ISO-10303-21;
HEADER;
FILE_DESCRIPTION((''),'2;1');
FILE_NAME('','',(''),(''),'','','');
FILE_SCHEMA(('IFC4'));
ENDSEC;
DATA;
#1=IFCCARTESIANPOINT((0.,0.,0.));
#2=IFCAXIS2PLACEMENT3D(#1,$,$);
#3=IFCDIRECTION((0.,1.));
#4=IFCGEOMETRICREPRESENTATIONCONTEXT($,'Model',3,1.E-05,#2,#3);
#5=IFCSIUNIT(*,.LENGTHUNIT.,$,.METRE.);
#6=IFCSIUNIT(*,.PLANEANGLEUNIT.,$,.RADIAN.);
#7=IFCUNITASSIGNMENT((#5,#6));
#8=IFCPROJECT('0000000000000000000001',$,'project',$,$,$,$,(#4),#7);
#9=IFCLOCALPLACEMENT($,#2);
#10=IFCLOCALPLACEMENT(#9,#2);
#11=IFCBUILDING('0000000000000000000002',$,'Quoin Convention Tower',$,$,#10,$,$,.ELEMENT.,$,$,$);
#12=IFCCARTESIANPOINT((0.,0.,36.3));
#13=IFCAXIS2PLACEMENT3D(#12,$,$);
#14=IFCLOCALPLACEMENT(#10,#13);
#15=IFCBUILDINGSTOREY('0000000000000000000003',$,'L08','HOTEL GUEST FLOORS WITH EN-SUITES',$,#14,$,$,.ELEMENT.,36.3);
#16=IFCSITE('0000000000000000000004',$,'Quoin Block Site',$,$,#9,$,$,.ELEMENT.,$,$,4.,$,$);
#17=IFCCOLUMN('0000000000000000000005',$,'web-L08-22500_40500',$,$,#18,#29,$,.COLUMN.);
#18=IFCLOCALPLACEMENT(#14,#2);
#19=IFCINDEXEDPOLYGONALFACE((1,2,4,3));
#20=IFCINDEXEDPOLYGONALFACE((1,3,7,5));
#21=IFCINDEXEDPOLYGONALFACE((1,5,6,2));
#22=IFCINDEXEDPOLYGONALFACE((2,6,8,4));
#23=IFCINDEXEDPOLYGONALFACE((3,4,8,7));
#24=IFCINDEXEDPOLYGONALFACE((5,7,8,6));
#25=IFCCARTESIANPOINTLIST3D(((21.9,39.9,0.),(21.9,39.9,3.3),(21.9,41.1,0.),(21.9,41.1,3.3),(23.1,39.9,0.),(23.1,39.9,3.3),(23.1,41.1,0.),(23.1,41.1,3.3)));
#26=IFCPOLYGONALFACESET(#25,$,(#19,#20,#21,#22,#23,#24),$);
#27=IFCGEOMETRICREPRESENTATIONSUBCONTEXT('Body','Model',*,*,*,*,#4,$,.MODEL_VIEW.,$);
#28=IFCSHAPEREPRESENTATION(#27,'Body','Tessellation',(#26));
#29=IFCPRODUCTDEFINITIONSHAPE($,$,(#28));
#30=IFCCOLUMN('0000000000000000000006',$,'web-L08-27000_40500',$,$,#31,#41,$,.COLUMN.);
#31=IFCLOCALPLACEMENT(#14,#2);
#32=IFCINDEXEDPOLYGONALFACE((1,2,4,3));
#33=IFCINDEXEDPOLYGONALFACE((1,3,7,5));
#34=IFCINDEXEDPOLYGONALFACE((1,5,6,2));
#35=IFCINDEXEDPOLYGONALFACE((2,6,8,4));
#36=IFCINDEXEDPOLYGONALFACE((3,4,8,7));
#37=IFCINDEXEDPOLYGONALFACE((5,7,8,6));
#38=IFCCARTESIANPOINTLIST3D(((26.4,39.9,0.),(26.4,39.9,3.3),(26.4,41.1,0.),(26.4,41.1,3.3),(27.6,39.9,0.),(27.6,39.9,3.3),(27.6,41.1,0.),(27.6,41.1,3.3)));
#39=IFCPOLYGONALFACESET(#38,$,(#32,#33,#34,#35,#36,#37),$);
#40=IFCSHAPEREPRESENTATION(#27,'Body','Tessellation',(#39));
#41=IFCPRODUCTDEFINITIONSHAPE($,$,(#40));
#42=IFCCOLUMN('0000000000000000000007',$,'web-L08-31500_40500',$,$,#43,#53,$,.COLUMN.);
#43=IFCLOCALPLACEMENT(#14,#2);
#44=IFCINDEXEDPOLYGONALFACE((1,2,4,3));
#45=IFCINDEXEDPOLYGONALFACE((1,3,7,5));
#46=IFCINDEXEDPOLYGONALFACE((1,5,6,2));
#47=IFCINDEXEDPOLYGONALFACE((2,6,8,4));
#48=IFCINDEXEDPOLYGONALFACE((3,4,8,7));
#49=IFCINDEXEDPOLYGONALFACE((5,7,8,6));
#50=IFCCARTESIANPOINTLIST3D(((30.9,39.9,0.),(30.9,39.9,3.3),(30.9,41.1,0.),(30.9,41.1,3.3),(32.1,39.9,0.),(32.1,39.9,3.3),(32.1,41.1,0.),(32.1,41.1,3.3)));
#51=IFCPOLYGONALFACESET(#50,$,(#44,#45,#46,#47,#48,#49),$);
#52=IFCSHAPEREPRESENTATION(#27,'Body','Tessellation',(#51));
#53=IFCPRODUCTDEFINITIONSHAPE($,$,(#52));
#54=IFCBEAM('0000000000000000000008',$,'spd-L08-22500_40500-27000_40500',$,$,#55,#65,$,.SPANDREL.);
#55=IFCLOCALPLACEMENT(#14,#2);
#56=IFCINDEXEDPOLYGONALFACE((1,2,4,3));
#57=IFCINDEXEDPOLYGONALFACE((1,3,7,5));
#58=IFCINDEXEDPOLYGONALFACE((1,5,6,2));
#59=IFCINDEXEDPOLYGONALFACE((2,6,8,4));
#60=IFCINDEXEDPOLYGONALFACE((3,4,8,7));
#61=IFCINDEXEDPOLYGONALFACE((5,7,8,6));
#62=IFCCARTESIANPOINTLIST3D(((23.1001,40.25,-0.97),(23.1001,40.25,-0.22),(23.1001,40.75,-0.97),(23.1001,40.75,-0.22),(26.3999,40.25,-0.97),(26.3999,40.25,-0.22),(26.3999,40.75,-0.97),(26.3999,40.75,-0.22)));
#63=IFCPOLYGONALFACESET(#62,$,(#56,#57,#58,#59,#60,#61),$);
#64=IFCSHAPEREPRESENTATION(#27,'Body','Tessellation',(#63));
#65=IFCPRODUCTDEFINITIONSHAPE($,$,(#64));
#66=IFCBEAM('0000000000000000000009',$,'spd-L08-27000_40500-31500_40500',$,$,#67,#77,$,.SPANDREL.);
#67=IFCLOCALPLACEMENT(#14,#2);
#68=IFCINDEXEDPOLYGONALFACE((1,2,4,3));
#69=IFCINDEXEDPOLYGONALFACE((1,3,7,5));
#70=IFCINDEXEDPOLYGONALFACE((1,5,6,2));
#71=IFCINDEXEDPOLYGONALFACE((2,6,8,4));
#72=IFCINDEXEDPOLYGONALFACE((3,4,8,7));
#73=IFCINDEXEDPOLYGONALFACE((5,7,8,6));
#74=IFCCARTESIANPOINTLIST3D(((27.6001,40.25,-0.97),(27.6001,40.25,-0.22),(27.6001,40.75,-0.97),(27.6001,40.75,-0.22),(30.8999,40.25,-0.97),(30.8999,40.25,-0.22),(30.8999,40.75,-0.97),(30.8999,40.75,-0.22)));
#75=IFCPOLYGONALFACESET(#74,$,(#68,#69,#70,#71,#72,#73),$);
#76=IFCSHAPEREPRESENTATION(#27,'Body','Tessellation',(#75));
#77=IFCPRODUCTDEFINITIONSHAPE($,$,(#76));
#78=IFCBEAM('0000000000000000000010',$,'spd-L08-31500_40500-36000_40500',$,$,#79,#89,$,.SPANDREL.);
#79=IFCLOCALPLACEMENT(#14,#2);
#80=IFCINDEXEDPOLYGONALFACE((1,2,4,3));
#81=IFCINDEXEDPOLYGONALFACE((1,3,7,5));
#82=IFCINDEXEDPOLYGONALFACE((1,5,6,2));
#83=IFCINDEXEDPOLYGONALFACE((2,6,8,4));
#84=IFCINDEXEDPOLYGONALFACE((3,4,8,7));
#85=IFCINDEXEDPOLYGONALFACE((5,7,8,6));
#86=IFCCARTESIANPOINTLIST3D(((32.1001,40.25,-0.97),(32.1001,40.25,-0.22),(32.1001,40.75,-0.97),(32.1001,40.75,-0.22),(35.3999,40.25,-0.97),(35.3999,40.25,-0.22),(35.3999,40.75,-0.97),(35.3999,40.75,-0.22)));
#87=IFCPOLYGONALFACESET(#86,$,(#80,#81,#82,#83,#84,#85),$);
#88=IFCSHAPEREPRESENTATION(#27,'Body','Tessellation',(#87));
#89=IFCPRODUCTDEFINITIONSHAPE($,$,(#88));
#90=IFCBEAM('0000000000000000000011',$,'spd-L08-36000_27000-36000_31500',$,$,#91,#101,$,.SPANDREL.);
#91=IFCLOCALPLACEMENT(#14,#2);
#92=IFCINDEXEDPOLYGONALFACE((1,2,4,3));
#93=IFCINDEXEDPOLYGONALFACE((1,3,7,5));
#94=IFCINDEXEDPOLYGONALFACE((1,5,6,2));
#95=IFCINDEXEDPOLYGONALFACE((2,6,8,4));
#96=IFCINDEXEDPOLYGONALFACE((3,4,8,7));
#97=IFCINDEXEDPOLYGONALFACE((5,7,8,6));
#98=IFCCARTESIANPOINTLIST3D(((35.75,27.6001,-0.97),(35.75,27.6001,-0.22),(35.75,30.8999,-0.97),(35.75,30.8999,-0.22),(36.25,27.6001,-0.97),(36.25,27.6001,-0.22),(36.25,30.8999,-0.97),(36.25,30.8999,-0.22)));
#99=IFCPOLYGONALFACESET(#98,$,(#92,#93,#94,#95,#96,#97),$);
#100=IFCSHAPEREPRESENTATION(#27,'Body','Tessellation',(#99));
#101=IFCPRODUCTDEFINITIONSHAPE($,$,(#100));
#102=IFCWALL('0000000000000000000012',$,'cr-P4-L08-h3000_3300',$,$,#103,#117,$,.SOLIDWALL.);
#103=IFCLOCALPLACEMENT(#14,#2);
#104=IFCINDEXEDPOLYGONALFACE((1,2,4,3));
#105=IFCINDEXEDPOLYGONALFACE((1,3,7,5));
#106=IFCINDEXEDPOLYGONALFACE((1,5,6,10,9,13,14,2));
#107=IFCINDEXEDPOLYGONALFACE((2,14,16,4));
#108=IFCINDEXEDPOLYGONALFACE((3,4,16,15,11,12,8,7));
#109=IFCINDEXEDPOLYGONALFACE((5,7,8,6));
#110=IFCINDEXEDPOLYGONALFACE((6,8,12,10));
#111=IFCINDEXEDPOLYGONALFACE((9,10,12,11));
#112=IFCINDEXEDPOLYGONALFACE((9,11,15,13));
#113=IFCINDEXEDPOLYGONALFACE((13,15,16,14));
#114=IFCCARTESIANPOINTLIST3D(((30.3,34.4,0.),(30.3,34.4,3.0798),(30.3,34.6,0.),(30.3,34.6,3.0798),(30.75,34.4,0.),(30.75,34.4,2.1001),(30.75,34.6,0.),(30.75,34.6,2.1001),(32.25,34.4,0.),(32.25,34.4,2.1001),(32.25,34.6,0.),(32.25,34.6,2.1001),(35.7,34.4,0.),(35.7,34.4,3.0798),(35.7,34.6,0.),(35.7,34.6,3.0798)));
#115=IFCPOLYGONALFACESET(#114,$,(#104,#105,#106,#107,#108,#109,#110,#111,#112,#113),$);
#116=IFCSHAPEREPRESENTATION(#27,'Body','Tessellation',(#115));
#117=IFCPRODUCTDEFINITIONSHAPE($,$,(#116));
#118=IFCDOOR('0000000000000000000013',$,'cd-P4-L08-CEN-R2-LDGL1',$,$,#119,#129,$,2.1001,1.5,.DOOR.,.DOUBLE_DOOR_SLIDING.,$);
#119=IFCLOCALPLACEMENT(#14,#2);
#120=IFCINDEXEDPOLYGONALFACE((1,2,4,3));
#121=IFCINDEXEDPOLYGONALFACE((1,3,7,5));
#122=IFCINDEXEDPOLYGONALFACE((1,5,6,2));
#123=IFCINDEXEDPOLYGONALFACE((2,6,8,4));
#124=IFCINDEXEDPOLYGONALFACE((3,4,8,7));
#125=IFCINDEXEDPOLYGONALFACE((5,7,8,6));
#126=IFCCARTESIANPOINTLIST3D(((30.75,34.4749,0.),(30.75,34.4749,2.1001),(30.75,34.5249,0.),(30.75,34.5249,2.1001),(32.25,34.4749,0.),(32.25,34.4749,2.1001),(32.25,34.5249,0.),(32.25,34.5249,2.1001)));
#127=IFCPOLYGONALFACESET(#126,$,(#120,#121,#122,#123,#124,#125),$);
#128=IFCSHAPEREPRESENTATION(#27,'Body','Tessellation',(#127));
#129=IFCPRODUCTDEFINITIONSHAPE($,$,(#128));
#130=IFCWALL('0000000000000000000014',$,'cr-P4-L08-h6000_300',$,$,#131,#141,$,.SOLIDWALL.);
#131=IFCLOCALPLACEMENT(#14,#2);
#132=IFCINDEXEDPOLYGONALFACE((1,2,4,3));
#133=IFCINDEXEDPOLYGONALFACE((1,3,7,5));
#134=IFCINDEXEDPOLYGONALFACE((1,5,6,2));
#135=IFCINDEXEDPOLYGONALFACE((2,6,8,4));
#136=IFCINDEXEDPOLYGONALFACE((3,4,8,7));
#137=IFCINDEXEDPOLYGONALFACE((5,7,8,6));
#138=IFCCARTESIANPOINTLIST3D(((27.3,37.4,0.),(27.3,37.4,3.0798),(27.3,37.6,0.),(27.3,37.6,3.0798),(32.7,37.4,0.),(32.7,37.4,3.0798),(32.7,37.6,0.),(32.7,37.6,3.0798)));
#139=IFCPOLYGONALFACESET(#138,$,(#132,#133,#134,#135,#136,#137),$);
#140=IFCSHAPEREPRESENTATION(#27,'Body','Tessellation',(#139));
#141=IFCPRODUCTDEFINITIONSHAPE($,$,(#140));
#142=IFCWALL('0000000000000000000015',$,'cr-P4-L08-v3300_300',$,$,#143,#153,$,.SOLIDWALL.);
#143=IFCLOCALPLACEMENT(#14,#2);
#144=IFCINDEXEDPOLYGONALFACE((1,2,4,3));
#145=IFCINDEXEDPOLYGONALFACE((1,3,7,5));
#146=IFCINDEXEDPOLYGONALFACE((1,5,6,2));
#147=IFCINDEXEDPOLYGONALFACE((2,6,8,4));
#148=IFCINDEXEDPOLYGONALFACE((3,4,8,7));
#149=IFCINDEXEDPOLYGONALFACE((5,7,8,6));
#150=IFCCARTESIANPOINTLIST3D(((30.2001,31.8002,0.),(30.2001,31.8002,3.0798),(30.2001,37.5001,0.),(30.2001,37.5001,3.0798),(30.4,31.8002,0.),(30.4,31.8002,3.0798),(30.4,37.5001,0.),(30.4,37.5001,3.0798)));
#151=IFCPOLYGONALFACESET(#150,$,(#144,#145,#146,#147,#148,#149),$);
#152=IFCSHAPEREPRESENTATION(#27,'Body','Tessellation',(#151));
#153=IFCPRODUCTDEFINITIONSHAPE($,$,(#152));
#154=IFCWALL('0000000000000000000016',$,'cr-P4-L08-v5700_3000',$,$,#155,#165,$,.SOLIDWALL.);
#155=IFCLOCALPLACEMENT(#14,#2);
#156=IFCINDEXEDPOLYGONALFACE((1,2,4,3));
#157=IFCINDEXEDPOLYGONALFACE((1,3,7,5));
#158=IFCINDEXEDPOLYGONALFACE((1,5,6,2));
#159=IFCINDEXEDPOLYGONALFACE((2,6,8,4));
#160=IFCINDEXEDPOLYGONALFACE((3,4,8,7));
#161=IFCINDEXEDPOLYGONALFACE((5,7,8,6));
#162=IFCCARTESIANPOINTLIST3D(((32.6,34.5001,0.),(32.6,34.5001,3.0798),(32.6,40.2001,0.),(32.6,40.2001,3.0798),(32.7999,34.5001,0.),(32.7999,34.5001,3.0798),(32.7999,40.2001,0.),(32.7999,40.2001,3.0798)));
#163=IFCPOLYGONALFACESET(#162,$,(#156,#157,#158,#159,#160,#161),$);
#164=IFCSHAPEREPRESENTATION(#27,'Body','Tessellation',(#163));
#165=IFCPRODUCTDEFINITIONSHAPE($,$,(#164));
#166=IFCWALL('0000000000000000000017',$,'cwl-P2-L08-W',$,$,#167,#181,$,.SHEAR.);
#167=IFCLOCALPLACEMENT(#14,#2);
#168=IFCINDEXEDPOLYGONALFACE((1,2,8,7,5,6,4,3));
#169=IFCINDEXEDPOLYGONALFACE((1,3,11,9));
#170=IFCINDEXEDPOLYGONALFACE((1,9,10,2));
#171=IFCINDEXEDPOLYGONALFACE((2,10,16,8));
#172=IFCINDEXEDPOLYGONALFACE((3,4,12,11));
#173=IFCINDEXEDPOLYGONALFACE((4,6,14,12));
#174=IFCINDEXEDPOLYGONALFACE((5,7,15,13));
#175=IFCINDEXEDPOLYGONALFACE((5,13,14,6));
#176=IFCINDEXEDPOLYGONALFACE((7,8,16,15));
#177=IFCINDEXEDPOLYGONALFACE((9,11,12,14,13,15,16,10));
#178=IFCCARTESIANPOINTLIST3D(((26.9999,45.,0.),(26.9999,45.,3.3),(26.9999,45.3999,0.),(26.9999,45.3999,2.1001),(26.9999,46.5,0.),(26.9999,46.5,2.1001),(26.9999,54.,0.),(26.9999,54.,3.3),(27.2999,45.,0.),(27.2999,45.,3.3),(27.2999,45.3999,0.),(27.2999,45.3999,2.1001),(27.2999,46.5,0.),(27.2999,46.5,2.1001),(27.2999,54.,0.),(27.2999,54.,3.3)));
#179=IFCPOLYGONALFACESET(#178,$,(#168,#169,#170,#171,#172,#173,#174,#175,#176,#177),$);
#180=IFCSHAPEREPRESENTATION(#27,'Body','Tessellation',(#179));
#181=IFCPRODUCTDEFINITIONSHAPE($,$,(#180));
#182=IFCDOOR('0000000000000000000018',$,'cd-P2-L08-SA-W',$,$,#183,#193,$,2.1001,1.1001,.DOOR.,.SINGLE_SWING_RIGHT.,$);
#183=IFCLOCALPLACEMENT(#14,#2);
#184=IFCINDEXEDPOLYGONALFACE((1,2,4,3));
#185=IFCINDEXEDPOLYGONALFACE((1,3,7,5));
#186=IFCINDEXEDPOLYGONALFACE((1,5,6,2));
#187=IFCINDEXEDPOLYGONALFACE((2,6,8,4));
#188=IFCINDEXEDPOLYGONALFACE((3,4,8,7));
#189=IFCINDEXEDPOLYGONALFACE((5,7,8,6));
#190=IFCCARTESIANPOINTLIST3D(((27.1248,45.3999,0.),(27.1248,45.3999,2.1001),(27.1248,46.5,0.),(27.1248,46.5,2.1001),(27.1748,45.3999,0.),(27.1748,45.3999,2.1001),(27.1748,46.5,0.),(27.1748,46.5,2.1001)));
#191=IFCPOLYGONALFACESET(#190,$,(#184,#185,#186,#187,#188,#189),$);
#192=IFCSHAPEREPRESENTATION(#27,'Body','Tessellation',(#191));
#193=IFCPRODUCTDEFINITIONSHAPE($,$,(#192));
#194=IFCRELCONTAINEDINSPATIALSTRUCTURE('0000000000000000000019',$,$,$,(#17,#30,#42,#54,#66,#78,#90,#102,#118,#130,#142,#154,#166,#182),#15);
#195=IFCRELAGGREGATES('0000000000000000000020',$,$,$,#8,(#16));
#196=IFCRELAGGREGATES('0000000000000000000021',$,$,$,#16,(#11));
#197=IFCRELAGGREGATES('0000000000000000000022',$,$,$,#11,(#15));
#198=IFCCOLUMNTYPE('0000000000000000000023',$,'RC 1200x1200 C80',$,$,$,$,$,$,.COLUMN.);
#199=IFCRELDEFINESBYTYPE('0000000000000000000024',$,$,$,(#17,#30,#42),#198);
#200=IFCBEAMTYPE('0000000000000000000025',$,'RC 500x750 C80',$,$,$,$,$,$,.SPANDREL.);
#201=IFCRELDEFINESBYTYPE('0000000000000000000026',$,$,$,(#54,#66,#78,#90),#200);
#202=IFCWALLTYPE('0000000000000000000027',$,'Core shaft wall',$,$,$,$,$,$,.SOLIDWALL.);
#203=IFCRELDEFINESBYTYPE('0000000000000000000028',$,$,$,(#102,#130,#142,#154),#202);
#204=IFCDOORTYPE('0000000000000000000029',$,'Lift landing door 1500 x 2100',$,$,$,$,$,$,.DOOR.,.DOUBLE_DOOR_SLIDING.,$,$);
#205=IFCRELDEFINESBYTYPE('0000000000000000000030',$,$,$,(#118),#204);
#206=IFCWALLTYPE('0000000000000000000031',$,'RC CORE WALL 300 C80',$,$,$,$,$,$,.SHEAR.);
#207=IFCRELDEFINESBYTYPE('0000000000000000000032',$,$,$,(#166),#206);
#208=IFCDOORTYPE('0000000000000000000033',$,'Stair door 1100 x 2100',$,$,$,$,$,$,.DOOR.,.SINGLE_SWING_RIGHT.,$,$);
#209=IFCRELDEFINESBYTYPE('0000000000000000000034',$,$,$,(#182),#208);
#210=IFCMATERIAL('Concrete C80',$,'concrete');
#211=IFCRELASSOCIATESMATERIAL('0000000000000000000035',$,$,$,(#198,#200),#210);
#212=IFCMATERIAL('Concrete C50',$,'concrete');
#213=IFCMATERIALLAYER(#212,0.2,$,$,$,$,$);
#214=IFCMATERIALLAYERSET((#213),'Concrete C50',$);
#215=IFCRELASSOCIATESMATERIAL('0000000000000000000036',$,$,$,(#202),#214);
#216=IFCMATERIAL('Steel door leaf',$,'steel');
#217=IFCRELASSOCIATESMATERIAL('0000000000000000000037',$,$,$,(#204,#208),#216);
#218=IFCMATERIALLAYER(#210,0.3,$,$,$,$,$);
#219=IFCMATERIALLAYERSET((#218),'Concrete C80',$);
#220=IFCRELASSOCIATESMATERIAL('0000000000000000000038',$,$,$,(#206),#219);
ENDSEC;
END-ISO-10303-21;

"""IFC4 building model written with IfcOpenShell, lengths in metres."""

from ifc_helpers import new_model, si_unit, direction, frame, frame_2d, origin, origin_2d, place, context, subcontext, project, spatial, rectangle, extrude, material, layer, layer_set, material_profile, profile_set, type_object, element, fill, save


model = new_model("IFC4")

# Units and contexts
model_context = context("Model", 3, precision=1e-05, world=origin(), true_north=direction((0.0, 1.0)))
body_context = subcontext(model_context, "Body", "Model", "MODEL_VIEW")
ifc_project = project(units=[si_unit("LENGTHUNIT", "METRE"), si_unit("PLANEANGLEUNIT", "RADIAN")], contexts=[model_context])

# Site, building, storey
site_placement = place(None, origin())
site = spatial("IfcSite", under=ifc_project, at=site_placement, Name="Quoin Block Site", CompositionType="ELEMENT", RefElevation=4.0)
building_placement = place(site_placement, origin())
building = spatial("IfcBuilding", under=site, at=building_placement, Name="Quoin Convention Tower", CompositionType="ELEMENT")
storey_placement = place(building_placement, frame((0.0, 0.0, 36.3)))
storey = spatial("IfcBuildingStorey", under=building, at=storey_placement, Name="L08", Description="HOTEL GUEST FLOORS WITH EN-SUITES", CompositionType="ELEMENT", Elevation=36.3)

# Columns
ifc_material_1 = material(Name="Concrete C80", Category="concrete")
ifc_material_profile_1 = material_profile(ifc_material_1, rectangle(XDim=1.2, YDim=1.2, at=origin_2d()), Name="RC 1200x1200")
ifc_profile_set_1 = profile_set([ifc_material_profile_1], Name="Concrete C80")
column_type = type_object("IfcColumnType", Name="RC 1200x1200 C80", PredefinedType="COLUMN", material=ifc_profile_set_1)
for number, where, z_axis, x_axis, name in (
    (1, (22.5, 40.5, 0.0), (0.0, 0.0, 1.0), (1.0, 0.0, 0.0), "web-L08-22500_40500"),
    (2, (27.0, 40.5, 0.0), (0.0, 0.0, 1.0), (1.0, 0.0, 0.0), "web-L08-27000_40500"),
    (3, (31.5, 40.5, 0.0), (0.0, 0.0, 1.0), (1.0, 0.0, 0.0), "web-L08-31500_40500"),
):
    element("IfcColumn", number, at=place(storey_placement, frame(where, z_axis=z_axis, x_axis=x_axis)), inside=storey, type_object=column_type, Name=name, PredefinedType="COLUMN", context=body_context, shape_type="SweptSolid", body=[
        extrude(rectangle(XDim=1.2, YDim=1.2, at=origin_2d()), origin(), (0.0, 0.0, 1.0), 3.3),
    ])

# Beams
ifc_material_profile_2 = material_profile(ifc_material_1, rectangle(XDim=0.5, YDim=0.75, at=origin_2d()), Name="RC 500x750")
ifc_profile_set_2 = profile_set([ifc_material_profile_2], Name="Concrete C80")
beam_type = type_object("IfcBeamType", Name="RC 500x750 C80", PredefinedType="SPANDREL", material=ifc_profile_set_2)
for number, where, z_axis, x_axis, name in (
    (4, (23.1001, 40.5, -0.595), (1.0, 0.0, 0.0), (0.0, 1.0, 0.0), "spd-L08-22500_40500-27000_40500"),
    (5, (27.6001, 40.5, -0.595), (1.0, 0.0, 0.0), (0.0, 1.0, 0.0), "spd-L08-27000_40500-31500_40500"),
    (6, (32.1001, 40.5, -0.595), (1.0, 0.0, 0.0), (0.0, 1.0, 0.0), "spd-L08-31500_40500-36000_40500"),
    (7, (36.0, 27.6001, -0.595), (0.0, 1.0, 0.0), (-1.0, 0.0, 0.0), "spd-L08-36000_27000-36000_31500"),
):
    element("IfcBeam", number, at=place(storey_placement, frame(where, z_axis=z_axis, x_axis=x_axis)), inside=storey, type_object=beam_type, Name=name, PredefinedType="SPANDREL", context=body_context, shape_type="SweptSolid", body=[
        extrude(rectangle(XDim=0.5, YDim=0.75, at=origin_2d()), origin(), (0.0, 0.0, 1.0), 3.2998),
    ])

# Wall, opening, door
ifc_material_2 = material(Name="Concrete C50", Category="concrete")
ifc_layer_1 = layer(ifc_material_2, 0.2)
ifc_layer_set_1 = layer_set([ifc_layer_1], Name="Concrete C50")
wall_type_1 = type_object("IfcWallType", Name="Core shaft wall", PredefinedType="SOLIDWALL", material=ifc_layer_set_1)
wall_1_placement = place(storey_placement, frame((30.3, 34.5, 0.0), z_axis=(0.0, 0.0, 1.0), x_axis=(1.0, 0.0, 0.0)))
wall_1 = element("IfcWall", 8, at=wall_1_placement, inside=storey, type_object=wall_type_1, Name="cr-P4-L08-h3000_3300", PredefinedType="SOLIDWALL", context=body_context, shape_type="SweptSolid", body=[
    extrude(rectangle(XDim=5.3999, YDim=0.2, at=frame_2d((2.7, 0.0))), origin(), (0.0, 0.0, 1.0), 3.0798),
])
opening_1_placement = place(wall_1_placement, frame((0.45, 0.0, 0.0)))
opening_1 = element("IfcOpeningElement", 9, at=opening_1_placement, cuts=wall_1, PredefinedType="OPENING", context=body_context, shape_type="SweptSolid", body=[
    extrude(rectangle(XDim=1.5, YDim=2.1001, at=frame_2d((0.75, 1.05))), frame((0.0, 0.1099, 0.0), z_axis=(0.0, -1.0, 0.0), x_axis=(1.0, 0.0, 0.0)), (0.0, 0.0, 1.0), 0.22),
])
ifc_material_3 = material(Name="Steel door leaf", Category="steel")
door_type_1 = type_object("IfcDoorType", Name="Lift landing door 1500 x 2100", OperationType="DOUBLE_DOOR_SLIDING", PredefinedType="DOOR", material=ifc_material_3)
door_1_placement = place(opening_1_placement, origin())
door_1 = element("IfcDoor", 10, at=door_1_placement, inside=storey, type_object=door_type_1, Name="cd-P4-L08-CEN-R2-LDGL1", OperationType="DOUBLE_DOOR_SLIDING", OverallHeight=2.1001, OverallWidth=1.5, PredefinedType="DOOR", context=body_context, shape_type="SweptSolid", body=[
    extrude(rectangle(XDim=1.5, YDim=2.1001, at=frame_2d((0.75, 1.05))), frame((0.0, 0.0249, 0.0), z_axis=(0.0, -1.0, 0.0), x_axis=(1.0, 0.0, 0.0)), (0.0, 0.0, 1.0), 0.05),
])
fill(opening_1, door_1)

# Walls
wall_2_placement = place(storey_placement, frame((27.3, 37.5, 0.0), z_axis=(0.0, 0.0, 1.0), x_axis=(1.0, 0.0, 0.0)))
element("IfcWall", 11, at=wall_2_placement, inside=storey, type_object=wall_type_1, Name="cr-P4-L08-h6000_300", PredefinedType="SOLIDWALL", context=body_context, shape_type="SweptSolid", body=[
    extrude(rectangle(XDim=5.3999, YDim=0.2, at=frame_2d((2.7, 0.0))), origin(), (0.0, 0.0, 1.0), 3.0798),
])
for number, where, z_axis, x_axis, name in (
    (12, (30.3, 31.8, 0.0), (0.0, 0.0, 1.0), (0.0, 1.0, 0.0), "cr-P4-L08-v3300_300"),
    (13, (32.7, 34.5, 0.0), (0.0, 0.0, 1.0), (0.0, 1.0, 0.0), "cr-P4-L08-v5700_3000"),
):
    element("IfcWall", number, at=place(storey_placement, frame(where, z_axis=z_axis, x_axis=x_axis)), inside=storey, type_object=wall_type_1, Name=name, PredefinedType="SOLIDWALL", context=body_context, shape_type="SweptSolid", body=[
        extrude(rectangle(XDim=5.7, YDim=0.2, at=frame_2d((2.8501, 0.0))), origin(), (0.0, 0.0, 1.0), 3.0798),
    ])

# Wall, opening, door
ifc_layer_2 = layer(ifc_material_1, 0.3)
ifc_layer_set_2 = layer_set([ifc_layer_2], Name="Concrete C80")
wall_type_2 = type_object("IfcWallType", Name="RC CORE WALL 300 C80", PredefinedType="SHEAR", material=ifc_layer_set_2)
wall_3_placement = place(storey_placement, frame((27.1499, 45.0, 0.0), z_axis=(0.0, 0.0, 1.0), x_axis=(0.0, 1.0, 0.0)))
wall_3 = element("IfcWall", 14, at=wall_3_placement, inside=storey, type_object=wall_type_2, Name="cwl-P2-L08-W", PredefinedType="SHEAR", context=body_context, shape_type="SweptSolid", body=[
    extrude(rectangle(XDim=9.0, YDim=0.3, at=frame_2d((4.5, 0.0))), origin(), (0.0, 0.0, 1.0), 3.3),
])
opening_2_placement = place(wall_3_placement, frame((0.3999, 0.0, 0.0)))
opening_2 = element("IfcOpeningElement", 15, at=opening_2_placement, cuts=wall_3, PredefinedType="OPENING", context=body_context, shape_type="SweptSolid", body=[
    extrude(rectangle(XDim=1.1001, YDim=2.1001, at=frame_2d((0.55, 1.05))), frame((0.0, 0.1599, 0.0), z_axis=(0.0, -1.0, 0.0), x_axis=(1.0, 0.0, 0.0)), (0.0, 0.0, 1.0), 0.3201),
])
door_type_2 = type_object("IfcDoorType", Name="Stair door 1100 x 2100", OperationType="SINGLE_SWING_RIGHT", PredefinedType="DOOR", material=ifc_material_3)
door_2_placement = place(opening_2_placement, frame((1.1001, 0.0, 0.0), z_axis=(0.0, 0.0, 1.0), x_axis=(-1.0, 0.0, 0.0)))
door_2 = element("IfcDoor", 16, at=door_2_placement, inside=storey, type_object=door_type_2, Name="cd-P2-L08-SA-W", OperationType="SINGLE_SWING_RIGHT", OverallHeight=2.1001, OverallWidth=1.1001, PredefinedType="DOOR", context=body_context, shape_type="SweptSolid", body=[
    extrude(rectangle(XDim=1.1001, YDim=2.1001, at=frame_2d((0.55, 1.05))), frame((0.0, 0.0249, 0.0), z_axis=(0.0, -1.0, 0.0), x_axis=(1.0, 0.0, 0.0)), (0.0, 0.0, 1.0), 0.05),
])
fill(opening_2, door_2)

save(model, "model.ifc")
